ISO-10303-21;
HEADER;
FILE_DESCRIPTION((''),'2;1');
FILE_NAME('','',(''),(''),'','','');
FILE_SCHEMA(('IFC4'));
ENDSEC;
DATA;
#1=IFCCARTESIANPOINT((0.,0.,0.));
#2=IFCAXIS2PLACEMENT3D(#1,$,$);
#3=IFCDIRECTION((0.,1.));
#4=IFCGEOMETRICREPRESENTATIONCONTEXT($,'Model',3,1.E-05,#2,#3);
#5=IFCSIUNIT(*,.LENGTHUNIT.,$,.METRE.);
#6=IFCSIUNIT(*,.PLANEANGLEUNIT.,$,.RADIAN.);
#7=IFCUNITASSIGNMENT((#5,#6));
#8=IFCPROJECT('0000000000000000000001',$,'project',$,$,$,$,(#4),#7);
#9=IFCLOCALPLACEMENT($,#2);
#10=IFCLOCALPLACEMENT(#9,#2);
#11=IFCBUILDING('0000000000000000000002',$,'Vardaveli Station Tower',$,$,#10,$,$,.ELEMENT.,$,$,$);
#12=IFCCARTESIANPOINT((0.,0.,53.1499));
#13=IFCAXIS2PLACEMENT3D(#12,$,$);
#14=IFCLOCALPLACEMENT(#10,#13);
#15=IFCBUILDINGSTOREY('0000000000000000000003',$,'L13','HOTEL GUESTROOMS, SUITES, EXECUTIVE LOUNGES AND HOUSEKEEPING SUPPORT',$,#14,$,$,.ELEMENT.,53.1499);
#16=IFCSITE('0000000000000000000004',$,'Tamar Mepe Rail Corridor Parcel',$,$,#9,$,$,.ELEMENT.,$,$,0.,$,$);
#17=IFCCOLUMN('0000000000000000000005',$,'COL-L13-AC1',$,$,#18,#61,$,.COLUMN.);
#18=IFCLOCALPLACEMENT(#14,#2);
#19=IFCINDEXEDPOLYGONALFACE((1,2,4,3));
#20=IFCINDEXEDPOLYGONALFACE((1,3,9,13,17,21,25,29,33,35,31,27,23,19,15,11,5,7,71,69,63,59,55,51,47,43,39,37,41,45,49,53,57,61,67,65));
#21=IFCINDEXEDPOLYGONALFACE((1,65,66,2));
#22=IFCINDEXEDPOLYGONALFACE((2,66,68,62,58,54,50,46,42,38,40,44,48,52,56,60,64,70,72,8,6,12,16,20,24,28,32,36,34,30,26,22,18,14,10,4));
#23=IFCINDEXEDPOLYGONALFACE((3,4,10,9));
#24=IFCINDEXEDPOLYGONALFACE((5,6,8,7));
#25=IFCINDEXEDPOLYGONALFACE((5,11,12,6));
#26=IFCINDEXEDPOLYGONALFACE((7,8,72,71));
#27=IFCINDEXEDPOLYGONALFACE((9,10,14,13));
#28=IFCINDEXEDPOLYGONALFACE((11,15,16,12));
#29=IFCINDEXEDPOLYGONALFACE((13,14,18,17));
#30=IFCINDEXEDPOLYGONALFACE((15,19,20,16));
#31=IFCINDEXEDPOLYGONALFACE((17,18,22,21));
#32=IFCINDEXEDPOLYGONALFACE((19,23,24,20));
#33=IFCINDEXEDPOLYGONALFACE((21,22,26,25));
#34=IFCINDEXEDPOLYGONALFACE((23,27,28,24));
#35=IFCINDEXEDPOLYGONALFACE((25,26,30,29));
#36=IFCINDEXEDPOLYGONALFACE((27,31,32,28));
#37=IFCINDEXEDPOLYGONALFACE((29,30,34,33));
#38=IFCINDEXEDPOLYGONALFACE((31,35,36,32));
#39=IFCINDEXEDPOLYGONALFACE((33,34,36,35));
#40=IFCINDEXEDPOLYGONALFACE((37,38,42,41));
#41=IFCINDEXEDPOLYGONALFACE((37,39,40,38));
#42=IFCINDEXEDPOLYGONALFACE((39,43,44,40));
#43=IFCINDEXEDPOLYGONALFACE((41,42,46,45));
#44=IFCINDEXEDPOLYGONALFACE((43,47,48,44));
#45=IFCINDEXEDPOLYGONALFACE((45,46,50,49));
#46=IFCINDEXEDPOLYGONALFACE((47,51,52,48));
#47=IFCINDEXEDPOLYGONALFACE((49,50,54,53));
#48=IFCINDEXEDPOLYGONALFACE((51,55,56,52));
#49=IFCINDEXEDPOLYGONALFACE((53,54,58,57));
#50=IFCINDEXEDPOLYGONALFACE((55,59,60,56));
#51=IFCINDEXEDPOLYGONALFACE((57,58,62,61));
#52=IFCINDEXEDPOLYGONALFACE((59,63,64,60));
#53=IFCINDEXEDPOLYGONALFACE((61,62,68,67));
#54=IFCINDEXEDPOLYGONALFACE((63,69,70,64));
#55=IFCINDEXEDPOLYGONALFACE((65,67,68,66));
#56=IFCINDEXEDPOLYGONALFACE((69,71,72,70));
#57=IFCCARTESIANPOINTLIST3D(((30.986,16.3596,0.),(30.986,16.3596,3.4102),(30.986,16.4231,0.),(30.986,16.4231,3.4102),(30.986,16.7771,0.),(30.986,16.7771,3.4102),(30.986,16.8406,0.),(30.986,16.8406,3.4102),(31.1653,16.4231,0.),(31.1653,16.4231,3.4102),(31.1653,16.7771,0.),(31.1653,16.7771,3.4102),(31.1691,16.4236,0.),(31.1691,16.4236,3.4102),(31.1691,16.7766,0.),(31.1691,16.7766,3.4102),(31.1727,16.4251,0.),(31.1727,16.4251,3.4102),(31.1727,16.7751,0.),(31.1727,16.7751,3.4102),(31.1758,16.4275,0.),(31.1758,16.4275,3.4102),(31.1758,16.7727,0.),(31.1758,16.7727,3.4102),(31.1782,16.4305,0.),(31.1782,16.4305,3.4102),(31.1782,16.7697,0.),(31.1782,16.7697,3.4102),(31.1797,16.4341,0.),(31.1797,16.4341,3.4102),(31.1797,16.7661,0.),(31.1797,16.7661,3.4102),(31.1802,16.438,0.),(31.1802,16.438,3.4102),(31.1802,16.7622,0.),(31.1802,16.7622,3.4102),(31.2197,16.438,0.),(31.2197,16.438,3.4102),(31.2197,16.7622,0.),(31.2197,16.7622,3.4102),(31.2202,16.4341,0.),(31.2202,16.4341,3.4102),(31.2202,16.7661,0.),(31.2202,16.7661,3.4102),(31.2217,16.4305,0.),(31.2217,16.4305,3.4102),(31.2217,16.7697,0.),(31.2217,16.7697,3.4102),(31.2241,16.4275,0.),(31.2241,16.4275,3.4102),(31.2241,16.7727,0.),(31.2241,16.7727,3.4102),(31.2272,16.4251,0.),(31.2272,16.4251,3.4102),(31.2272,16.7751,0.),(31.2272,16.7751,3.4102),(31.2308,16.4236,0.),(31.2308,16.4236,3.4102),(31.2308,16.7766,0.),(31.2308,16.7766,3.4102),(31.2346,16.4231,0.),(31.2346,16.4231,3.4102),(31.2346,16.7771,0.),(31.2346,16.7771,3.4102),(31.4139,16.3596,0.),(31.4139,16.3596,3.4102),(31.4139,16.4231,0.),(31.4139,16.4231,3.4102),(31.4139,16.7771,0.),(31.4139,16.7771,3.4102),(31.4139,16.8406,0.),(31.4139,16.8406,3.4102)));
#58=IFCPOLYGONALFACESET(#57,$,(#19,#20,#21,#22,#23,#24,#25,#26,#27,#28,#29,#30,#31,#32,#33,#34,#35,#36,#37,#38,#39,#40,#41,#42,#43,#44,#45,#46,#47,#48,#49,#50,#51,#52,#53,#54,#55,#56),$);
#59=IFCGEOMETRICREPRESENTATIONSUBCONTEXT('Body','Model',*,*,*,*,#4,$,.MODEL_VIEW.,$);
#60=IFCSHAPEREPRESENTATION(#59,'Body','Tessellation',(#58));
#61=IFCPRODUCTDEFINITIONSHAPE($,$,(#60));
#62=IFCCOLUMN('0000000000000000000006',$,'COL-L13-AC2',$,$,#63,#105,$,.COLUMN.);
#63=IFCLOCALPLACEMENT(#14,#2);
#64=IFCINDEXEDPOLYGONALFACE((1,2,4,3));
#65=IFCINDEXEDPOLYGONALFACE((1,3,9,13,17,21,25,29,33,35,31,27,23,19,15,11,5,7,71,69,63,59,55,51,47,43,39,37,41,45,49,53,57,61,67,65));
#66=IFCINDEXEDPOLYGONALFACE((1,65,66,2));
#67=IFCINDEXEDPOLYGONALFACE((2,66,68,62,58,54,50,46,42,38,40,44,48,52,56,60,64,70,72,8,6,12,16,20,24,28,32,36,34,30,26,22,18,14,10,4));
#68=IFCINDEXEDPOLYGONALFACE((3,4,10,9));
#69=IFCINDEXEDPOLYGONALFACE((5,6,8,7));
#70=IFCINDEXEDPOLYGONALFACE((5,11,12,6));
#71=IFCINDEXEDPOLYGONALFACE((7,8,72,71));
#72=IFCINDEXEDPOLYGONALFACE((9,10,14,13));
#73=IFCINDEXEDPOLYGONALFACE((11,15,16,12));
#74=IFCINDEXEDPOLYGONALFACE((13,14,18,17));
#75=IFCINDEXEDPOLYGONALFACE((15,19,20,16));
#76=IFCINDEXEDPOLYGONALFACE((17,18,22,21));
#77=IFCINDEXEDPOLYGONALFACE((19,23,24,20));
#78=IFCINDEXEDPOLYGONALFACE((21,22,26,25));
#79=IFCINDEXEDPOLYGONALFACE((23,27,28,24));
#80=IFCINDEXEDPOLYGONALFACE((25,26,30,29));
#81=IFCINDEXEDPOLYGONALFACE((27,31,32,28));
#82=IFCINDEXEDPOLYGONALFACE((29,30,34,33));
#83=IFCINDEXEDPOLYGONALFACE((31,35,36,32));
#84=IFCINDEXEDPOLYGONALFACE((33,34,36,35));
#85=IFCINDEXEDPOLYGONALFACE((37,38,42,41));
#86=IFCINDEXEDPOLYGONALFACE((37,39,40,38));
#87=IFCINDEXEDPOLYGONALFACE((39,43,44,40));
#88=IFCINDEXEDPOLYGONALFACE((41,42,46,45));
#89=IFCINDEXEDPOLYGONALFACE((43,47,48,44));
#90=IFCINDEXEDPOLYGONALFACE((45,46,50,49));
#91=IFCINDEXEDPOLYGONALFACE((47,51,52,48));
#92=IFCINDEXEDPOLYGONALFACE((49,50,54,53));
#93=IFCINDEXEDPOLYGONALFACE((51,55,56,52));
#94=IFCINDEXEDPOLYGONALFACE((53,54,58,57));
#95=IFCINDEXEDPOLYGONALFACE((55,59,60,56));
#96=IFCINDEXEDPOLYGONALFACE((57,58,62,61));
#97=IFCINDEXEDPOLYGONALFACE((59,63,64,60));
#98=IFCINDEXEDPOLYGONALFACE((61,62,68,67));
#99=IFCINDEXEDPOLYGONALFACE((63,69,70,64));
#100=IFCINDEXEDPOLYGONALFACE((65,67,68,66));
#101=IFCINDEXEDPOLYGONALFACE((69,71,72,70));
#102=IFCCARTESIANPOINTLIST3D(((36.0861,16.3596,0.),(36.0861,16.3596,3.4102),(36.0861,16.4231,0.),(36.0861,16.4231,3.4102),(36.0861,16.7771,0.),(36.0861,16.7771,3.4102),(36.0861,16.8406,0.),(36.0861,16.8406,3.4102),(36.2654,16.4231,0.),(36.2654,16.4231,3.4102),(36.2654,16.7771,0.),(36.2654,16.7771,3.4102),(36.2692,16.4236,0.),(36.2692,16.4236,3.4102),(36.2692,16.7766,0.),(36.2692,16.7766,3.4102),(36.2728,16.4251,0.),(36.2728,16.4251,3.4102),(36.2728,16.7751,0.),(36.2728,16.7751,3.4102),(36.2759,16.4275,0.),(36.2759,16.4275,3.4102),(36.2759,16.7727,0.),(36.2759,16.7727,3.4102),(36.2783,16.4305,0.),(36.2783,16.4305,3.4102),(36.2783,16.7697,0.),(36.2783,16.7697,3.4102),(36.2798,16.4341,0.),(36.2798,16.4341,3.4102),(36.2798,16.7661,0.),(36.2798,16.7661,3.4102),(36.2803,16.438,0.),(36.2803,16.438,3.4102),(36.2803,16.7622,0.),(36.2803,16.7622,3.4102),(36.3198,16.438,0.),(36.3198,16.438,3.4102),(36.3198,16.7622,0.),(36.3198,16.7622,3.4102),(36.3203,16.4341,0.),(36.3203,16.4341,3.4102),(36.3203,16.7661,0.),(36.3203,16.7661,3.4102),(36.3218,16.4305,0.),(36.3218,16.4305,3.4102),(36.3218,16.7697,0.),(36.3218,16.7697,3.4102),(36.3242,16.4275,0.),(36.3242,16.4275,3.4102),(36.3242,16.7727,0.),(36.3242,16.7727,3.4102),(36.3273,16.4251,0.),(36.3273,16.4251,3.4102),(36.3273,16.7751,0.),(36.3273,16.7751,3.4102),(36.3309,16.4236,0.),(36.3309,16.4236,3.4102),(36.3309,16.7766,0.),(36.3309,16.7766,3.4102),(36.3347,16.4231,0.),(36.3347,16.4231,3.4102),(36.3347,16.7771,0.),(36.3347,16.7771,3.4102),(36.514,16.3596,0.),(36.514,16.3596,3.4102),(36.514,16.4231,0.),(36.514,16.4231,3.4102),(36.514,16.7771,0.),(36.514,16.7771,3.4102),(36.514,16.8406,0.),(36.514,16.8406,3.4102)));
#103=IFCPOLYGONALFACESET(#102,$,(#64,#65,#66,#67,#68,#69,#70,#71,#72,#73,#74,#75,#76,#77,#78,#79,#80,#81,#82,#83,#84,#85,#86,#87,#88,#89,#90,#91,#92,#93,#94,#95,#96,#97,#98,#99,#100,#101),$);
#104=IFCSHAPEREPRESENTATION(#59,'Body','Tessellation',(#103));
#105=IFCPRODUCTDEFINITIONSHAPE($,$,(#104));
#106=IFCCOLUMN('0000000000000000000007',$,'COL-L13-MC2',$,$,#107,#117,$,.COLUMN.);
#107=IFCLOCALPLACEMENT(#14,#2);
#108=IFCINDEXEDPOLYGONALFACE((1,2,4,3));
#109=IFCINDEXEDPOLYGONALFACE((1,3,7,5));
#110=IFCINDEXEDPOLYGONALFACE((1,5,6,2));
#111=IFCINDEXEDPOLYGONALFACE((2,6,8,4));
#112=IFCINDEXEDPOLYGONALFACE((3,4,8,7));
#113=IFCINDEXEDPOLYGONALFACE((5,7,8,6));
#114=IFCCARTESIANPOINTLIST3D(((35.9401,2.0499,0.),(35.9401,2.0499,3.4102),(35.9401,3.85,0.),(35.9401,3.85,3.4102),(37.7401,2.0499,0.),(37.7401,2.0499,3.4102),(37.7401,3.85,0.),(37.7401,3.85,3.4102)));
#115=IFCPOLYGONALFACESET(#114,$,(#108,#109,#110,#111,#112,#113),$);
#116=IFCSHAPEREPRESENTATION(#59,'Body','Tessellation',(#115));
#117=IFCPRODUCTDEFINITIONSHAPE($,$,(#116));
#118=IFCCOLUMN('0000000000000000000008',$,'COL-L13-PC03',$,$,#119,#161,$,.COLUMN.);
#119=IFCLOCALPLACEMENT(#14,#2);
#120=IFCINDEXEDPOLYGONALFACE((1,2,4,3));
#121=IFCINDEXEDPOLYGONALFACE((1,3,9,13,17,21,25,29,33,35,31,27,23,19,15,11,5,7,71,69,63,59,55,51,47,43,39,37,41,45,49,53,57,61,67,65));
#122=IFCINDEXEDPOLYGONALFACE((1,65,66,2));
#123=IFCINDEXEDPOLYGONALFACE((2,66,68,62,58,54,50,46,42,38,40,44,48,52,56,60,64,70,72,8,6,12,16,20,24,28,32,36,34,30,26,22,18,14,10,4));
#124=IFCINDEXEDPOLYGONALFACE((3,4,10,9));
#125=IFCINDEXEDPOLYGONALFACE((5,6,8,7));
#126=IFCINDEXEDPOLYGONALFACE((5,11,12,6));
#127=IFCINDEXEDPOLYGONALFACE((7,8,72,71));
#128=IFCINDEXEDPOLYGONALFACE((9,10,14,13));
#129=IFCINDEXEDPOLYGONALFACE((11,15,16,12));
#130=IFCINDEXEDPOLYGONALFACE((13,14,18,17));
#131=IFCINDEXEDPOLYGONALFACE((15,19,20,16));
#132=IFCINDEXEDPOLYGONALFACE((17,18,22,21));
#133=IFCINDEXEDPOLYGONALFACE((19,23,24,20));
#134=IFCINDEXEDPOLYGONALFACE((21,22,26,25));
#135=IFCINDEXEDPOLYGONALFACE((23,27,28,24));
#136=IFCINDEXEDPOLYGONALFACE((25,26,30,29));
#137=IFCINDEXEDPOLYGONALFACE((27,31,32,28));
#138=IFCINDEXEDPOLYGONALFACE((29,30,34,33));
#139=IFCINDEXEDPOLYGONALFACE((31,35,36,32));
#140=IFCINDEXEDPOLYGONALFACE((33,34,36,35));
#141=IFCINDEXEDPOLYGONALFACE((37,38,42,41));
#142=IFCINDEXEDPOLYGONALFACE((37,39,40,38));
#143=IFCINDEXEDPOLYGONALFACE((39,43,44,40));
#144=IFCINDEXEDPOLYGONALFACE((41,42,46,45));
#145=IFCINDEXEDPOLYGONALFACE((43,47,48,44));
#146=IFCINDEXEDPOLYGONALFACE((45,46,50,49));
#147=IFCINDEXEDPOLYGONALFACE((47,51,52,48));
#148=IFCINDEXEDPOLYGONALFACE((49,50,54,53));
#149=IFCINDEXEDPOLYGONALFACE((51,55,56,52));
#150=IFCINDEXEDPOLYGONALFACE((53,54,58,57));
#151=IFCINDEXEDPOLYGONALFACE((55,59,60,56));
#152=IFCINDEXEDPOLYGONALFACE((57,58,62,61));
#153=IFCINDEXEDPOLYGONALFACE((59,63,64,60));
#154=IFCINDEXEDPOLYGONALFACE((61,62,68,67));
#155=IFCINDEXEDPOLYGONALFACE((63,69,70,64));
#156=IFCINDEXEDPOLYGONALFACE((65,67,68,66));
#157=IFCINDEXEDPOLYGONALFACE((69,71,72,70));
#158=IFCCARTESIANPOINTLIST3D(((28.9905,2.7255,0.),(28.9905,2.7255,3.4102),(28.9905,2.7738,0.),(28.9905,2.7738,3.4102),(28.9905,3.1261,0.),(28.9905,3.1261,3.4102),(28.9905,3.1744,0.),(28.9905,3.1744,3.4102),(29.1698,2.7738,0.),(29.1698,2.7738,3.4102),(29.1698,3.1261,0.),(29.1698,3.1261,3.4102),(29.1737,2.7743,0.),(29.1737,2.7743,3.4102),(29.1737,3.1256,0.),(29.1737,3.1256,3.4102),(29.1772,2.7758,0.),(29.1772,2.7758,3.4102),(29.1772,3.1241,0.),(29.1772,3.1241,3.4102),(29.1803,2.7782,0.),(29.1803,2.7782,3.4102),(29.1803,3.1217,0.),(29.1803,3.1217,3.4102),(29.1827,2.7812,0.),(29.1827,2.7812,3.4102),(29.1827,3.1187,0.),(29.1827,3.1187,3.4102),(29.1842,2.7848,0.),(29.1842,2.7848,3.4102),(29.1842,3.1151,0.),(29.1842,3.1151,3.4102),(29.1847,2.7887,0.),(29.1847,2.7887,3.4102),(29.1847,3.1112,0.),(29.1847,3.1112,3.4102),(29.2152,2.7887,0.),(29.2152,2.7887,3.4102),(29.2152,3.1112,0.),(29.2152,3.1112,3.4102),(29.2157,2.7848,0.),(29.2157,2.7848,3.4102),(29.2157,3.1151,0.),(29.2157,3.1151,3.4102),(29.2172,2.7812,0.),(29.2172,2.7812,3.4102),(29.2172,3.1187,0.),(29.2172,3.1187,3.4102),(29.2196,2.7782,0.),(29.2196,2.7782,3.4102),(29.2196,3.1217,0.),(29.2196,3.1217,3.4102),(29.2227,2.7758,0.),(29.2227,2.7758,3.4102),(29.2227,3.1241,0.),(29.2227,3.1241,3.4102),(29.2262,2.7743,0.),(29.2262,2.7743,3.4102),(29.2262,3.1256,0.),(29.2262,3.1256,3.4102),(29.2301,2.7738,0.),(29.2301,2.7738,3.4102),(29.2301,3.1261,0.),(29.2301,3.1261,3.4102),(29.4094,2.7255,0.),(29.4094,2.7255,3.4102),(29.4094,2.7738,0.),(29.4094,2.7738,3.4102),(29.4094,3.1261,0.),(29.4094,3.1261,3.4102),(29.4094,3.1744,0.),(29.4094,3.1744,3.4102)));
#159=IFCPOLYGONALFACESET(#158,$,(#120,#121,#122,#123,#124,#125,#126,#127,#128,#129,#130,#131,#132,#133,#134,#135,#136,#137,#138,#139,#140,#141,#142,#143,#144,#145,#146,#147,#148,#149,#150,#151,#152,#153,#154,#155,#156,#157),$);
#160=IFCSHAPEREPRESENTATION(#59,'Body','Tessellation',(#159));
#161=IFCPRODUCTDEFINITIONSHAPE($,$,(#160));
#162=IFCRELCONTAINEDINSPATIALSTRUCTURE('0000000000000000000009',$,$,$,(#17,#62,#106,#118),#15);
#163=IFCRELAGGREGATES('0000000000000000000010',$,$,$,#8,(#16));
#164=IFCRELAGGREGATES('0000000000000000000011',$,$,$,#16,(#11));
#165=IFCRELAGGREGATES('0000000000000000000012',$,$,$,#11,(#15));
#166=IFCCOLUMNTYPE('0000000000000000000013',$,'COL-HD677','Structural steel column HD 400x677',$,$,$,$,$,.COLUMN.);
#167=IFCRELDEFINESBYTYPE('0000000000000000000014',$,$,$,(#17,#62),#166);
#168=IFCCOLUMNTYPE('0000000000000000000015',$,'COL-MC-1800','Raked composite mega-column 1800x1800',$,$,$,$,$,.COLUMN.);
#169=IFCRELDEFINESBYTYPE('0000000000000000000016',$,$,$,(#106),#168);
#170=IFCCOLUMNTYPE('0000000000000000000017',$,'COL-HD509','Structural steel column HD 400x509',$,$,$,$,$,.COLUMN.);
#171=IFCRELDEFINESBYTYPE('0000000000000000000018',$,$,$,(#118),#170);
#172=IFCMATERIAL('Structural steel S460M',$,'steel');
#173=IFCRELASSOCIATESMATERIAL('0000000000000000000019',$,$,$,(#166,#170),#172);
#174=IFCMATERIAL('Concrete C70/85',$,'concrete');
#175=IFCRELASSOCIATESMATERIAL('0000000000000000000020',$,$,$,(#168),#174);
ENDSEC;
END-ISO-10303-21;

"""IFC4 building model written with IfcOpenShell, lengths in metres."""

from ifc_helpers import new_model, si_unit, direction, frame, origin, origin_2d, place, context, subcontext, project, spatial, rectangle, i_section, extrude, source, transform, mapped, material, material_profile, profile_set, type_object, element, save


model = new_model("IFC4")

# Units and contexts
model_context = context("Model", 3, precision=1e-05, world=origin(), true_north=direction((0.0, 1.0)))
body_context = subcontext(model_context, "Body", "Model", "MODEL_VIEW")
ifc_project = project(units=[si_unit("LENGTHUNIT", "METRE"), si_unit("PLANEANGLEUNIT", "RADIAN")], contexts=[model_context])

# Site, building, storey
site_placement = place(None, origin())
site = spatial("IfcSite", under=ifc_project, at=site_placement, Name="Tamar Mepe Rail Corridor Parcel", CompositionType="ELEMENT", RefElevation=0.0)
building_placement = place(site_placement, origin())
building = spatial("IfcBuilding", under=site, at=building_placement, Name="Vardaveli Station Tower", CompositionType="ELEMENT")
storey_placement = place(building_placement, frame((0.0, 0.0, 53.1499)))
storey = spatial("IfcBuildingStorey", under=building, at=storey_placement, Name="L13", Description="HOTEL GUESTROOMS, SUITES, EXECUTIVE LOUNGES AND HOUSEKEEPING SUPPORT", CompositionType="ELEMENT", Elevation=53.1499)

# Columns
ifc_material_1 = material(Name="Structural steel S460M", Category="steel")
ifc_material_profile_1 = material_profile(ifc_material_1, i_section(OverallWidth=0.428, OverallDepth=0.481, WebThickness=0.0396, FlangeThickness=0.0635, FilletRadius=0.0149, at=origin_2d()), Name="HD 400x677")
ifc_profile_set_1 = profile_set([ifc_material_profile_1], Name="Structural steel S460M")
column_type_1 = type_object("IfcColumnType", Name="COL-HD677", Description="Structural steel column HD 400x677", PredefinedType="COLUMN", material=ifc_profile_set_1)
shared_shape_1 = source(origin(), body_context, "Body", "SweptSolid", [
    extrude(i_section(OverallWidth=0.428, OverallDepth=0.481, WebThickness=0.0396, FlangeThickness=0.0635, FilletRadius=0.0149, at=origin_2d()), origin(), (0.0, 0.0, 1.0), 3.4102),
])
for number, where, z_axis, x_axis, name in (
    (1, (31.2, 16.6001, 0.0), (0.0, 0.0, 1.0), (1.0, 0.0, 0.0), "COL-L13-AC1"),
    (2, (36.3, 16.6001, 0.0), (0.0, 0.0, 1.0), (1.0, 0.0, 0.0), "COL-L13-AC2"),
):
    element("IfcColumn", number, at=place(storey_placement, frame(where, z_axis=z_axis, x_axis=x_axis)), inside=storey, type_object=column_type_1, Name=name, PredefinedType="COLUMN", context=body_context, shape_type="MappedRepresentation", body=[
        mapped(shared_shape_1, transform((0.0, 0.0, 0.0), scale=1.0)),
    ])
ifc_material_2 = material(Name="Concrete C70/85", Category="concrete")
ifc_material_profile_2 = material_profile(ifc_material_2, rectangle(XDim=1.8, YDim=1.8, at=origin_2d()), Name="MC 1800x1800")
ifc_profile_set_2 = profile_set([ifc_material_profile_2], Name="Concrete C70/85")
column_type_2 = type_object("IfcColumnType", Name="COL-MC-1800", Description="Raked composite mega-column 1800x1800", PredefinedType="COLUMN", material=ifc_profile_set_2)
shared_shape_2 = source(origin(), body_context, "Body", "SweptSolid", [
    extrude(rectangle(XDim=1.8, YDim=1.8, at=origin_2d()), origin(), (0.0, 0.0, 1.0), 3.4102),
])
column_1_placement = place(storey_placement, frame((36.8401, 2.95, 0.0), z_axis=(0.0, 0.0, 1.0), x_axis=(1.0, 0.0, 0.0)))
element("IfcColumn", 3, at=column_1_placement, inside=storey, type_object=column_type_2, Name="COL-L13-MC2", PredefinedType="COLUMN", context=body_context, shape_type="MappedRepresentation", body=[
    mapped(shared_shape_2, transform((0.0, 0.0, 0.0), scale=1.0)),
])
ifc_material_profile_3 = material_profile(ifc_material_1, i_section(OverallWidth=0.4189, OverallDepth=0.449, WebThickness=0.0305, FlangeThickness=0.0483, FilletRadius=0.0149, at=origin_2d()), Name="HD 400x509")
ifc_profile_set_3 = profile_set([ifc_material_profile_3], Name="Structural steel S460M")
column_type_3 = type_object("IfcColumnType", Name="COL-HD509", Description="Structural steel column HD 400x509", PredefinedType="COLUMN", material=ifc_profile_set_3)
shared_shape_3 = source(origin(), body_context, "Body", "SweptSolid", [
    extrude(i_section(OverallWidth=0.4189, OverallDepth=0.449, WebThickness=0.0305, FlangeThickness=0.0483, FilletRadius=0.0149, at=origin_2d()), origin(), (0.0, 0.0, 1.0), 3.4102),
])
column_2_placement = place(storey_placement, frame((29.2, 2.95, 0.0), z_axis=(0.0, 0.0, 1.0), x_axis=(1.0, 0.0, 0.0)))
element("IfcColumn", 4, at=column_2_placement, inside=storey, type_object=column_type_3, Name="COL-L13-PC03", PredefinedType="COLUMN", context=body_context, shape_type="MappedRepresentation", body=[
    mapped(shared_shape_3, transform((0.0, 0.0, 0.0), scale=1.0)),
])

save(model, "model.ifc")
